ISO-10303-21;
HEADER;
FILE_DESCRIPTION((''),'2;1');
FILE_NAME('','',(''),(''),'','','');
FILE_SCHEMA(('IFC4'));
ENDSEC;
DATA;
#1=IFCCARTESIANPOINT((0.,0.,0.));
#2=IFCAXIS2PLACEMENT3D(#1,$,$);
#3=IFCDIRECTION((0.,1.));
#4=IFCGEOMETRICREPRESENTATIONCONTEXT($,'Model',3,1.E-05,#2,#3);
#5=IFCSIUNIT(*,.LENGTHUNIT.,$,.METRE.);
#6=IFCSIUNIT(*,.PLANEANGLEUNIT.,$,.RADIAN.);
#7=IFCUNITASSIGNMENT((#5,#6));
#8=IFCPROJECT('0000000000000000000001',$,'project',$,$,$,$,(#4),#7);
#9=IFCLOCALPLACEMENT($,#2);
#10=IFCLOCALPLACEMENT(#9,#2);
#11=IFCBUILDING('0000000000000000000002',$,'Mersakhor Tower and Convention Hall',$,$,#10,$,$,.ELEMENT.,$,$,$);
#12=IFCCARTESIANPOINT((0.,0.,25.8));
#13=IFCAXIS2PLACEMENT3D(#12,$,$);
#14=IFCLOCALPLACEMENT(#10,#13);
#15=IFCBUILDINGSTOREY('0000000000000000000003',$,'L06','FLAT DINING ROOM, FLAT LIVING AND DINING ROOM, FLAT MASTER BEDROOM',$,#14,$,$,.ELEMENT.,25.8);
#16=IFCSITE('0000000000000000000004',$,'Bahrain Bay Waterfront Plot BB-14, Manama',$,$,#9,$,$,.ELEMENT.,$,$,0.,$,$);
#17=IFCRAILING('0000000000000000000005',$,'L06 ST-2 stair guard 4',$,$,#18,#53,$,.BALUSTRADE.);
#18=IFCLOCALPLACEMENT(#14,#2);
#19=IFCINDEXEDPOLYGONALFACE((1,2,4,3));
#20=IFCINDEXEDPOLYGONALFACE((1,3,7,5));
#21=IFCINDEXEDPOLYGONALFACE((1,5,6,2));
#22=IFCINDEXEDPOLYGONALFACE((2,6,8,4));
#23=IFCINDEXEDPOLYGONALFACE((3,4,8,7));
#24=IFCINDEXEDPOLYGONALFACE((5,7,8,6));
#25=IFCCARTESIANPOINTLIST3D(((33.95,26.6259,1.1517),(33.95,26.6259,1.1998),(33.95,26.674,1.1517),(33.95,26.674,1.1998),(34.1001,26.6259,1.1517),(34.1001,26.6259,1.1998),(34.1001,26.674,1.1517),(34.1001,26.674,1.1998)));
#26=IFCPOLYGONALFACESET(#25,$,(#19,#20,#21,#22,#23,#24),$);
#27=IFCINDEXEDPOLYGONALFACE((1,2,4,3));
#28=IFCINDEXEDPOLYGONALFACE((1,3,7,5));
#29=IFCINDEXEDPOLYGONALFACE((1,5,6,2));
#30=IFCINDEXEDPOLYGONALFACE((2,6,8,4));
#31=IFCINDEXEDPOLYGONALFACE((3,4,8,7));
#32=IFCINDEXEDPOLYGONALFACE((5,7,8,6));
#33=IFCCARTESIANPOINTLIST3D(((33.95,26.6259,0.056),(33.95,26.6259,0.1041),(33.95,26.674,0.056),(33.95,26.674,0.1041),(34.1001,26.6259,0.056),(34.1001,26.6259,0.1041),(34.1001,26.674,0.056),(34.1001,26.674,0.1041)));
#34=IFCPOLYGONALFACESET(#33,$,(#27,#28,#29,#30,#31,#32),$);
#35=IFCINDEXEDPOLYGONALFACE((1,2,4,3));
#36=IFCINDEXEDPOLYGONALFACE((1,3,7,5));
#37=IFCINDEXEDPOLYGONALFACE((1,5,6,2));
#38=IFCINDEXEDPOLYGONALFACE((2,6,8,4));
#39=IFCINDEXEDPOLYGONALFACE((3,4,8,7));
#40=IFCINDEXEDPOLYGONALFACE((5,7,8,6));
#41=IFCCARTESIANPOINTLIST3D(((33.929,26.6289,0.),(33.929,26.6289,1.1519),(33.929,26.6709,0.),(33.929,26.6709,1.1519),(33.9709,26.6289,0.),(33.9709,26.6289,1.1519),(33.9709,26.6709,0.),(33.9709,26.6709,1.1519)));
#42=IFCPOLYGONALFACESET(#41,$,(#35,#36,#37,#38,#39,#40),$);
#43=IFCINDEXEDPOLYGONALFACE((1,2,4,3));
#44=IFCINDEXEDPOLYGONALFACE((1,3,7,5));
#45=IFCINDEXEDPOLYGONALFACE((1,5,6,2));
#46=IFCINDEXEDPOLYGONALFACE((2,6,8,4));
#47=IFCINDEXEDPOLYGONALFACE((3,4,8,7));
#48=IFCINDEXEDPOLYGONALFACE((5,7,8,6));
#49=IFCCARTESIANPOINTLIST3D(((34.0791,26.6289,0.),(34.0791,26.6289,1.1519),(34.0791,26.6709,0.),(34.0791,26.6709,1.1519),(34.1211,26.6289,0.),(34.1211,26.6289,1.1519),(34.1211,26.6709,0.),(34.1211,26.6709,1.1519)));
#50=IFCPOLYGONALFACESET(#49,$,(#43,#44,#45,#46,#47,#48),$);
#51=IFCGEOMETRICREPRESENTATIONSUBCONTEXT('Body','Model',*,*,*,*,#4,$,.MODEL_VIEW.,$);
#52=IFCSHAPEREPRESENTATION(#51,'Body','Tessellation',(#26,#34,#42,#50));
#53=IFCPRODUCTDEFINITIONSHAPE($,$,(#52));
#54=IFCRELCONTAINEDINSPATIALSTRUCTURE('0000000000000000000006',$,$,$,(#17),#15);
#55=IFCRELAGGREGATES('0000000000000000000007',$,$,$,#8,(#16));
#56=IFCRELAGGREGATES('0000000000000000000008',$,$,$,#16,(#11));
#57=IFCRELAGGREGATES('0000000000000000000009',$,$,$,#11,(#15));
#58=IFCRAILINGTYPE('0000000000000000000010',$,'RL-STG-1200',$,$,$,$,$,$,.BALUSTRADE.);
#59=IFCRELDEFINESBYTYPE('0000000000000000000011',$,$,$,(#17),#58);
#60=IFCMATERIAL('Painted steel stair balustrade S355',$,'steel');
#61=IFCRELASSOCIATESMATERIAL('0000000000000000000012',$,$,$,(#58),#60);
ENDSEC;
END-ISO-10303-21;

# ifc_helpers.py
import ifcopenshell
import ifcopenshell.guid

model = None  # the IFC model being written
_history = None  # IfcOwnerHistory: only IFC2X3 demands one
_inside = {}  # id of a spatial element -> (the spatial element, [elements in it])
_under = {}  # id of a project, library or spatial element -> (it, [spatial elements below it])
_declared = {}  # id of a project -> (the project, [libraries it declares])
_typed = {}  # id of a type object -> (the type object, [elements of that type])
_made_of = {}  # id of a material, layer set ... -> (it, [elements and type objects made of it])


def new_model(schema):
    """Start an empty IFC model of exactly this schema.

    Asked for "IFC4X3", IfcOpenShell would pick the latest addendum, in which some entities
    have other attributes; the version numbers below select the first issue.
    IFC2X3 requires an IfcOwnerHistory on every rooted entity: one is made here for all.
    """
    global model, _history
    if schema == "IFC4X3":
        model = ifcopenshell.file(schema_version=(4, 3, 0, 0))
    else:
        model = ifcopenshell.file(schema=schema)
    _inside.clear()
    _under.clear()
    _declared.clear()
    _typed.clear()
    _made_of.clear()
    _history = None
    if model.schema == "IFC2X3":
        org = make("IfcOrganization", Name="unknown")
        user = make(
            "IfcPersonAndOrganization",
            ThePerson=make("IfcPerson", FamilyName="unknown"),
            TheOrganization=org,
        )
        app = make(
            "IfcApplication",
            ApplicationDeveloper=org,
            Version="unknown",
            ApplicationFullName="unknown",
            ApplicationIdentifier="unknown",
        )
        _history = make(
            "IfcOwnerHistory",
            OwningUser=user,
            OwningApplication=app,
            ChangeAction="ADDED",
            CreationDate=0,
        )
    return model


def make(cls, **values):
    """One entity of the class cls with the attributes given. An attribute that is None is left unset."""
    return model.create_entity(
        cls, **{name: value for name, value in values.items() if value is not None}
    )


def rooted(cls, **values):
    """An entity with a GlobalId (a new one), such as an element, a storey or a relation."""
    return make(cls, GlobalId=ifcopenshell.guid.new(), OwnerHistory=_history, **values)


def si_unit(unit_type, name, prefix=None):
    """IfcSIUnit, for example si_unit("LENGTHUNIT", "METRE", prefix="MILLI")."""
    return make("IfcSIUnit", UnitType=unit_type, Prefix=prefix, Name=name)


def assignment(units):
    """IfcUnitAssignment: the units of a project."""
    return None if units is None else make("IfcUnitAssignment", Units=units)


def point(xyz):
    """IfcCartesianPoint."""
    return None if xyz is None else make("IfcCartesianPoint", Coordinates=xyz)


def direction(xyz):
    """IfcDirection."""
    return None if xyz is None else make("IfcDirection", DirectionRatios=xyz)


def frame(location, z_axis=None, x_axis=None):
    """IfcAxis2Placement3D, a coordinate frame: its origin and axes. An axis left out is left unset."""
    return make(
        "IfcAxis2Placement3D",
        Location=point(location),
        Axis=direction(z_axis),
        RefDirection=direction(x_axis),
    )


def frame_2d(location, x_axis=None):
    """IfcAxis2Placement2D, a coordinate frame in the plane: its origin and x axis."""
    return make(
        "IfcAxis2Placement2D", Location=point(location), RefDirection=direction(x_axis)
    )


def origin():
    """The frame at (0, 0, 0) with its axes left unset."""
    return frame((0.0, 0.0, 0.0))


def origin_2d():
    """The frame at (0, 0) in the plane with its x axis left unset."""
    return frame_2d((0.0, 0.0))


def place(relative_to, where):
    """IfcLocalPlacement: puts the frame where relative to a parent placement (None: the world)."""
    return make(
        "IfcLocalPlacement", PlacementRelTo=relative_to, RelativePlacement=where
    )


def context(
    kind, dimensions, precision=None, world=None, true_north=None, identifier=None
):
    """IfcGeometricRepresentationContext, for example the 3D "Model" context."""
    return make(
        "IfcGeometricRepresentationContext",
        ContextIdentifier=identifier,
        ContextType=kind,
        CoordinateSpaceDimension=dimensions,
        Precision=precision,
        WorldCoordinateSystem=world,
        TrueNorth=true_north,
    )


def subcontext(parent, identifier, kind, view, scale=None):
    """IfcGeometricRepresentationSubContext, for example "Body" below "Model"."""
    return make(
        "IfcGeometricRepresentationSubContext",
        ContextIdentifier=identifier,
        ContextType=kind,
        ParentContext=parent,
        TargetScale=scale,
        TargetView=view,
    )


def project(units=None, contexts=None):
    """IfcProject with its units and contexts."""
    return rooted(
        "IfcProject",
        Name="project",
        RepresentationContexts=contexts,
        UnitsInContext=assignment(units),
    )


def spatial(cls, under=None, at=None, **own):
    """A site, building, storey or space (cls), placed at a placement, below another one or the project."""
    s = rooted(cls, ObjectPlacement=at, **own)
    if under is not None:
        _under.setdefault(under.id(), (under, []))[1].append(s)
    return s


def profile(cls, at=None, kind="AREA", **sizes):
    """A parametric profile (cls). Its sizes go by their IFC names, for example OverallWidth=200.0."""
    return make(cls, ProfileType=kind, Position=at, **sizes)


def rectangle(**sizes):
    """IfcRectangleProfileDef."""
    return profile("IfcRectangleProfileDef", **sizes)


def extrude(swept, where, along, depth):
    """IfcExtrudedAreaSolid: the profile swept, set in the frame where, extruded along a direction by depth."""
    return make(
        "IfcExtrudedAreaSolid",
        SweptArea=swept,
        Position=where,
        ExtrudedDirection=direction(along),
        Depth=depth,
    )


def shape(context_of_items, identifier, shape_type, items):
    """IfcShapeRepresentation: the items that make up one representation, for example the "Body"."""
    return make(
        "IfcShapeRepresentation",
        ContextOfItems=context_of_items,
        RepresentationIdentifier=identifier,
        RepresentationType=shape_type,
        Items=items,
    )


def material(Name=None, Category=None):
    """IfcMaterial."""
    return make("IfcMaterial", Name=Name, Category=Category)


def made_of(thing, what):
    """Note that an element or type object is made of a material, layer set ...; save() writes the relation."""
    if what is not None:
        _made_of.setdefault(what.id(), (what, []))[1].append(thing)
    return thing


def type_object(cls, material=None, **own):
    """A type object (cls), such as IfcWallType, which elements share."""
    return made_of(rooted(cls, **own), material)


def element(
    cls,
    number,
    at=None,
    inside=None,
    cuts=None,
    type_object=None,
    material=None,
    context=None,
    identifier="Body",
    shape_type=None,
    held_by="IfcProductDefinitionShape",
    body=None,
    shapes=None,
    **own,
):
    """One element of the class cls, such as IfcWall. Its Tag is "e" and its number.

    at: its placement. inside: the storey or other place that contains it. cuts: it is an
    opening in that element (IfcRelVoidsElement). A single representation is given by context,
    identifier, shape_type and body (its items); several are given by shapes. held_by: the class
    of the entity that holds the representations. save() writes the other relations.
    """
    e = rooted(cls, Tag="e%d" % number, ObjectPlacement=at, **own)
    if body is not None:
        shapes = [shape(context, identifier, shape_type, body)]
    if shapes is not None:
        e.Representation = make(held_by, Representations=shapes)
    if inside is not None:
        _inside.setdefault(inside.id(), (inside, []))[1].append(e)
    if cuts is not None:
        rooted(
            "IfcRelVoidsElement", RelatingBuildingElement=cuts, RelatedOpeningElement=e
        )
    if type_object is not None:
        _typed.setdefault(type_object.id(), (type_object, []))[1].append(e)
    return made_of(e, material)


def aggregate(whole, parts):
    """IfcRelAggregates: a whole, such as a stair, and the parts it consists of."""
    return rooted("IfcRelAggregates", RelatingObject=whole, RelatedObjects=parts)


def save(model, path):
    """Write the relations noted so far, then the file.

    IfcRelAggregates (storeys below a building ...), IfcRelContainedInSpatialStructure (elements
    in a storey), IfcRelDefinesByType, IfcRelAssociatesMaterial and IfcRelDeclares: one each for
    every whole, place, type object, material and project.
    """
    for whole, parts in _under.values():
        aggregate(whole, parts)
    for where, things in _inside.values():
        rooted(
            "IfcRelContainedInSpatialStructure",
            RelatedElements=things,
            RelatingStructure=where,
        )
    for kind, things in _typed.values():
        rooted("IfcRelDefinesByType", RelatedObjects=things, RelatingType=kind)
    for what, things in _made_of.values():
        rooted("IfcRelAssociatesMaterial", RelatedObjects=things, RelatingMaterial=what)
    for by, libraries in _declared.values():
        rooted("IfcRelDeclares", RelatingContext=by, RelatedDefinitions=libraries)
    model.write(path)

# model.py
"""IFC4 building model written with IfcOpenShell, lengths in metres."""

from ifc_helpers import new_model, si_unit, direction, frame, origin, origin_2d, place, context, subcontext, project, spatial, rectangle, extrude, material, type_object, element, save


model = new_model("IFC4")

# Units and contexts
model_context = context("Model", 3, precision=1e-05, world=origin(), true_north=direction((0.0, 1.0)))
body_context = subcontext(model_context, "Body", "Model", "MODEL_VIEW")
ifc_project = project(units=[si_unit("LENGTHUNIT", "METRE"), si_unit("PLANEANGLEUNIT", "RADIAN")], contexts=[model_context])

# Site, building, storey
site_placement = place(None, origin())
site = spatial("IfcSite", under=ifc_project, at=site_placement, Name="Bahrain Bay Waterfront Plot BB-14, Manama", CompositionType="ELEMENT", RefElevation=0.0)
building_placement = place(site_placement, origin())
building = spatial("IfcBuilding", under=site, at=building_placement, Name="Mersakhor Tower and Convention Hall", CompositionType="ELEMENT")
storey_placement = place(building_placement, frame((0.0, 0.0, 25.8)))
storey = spatial("IfcBuildingStorey", under=building, at=storey_placement, Name="L06", Description="FLAT DINING ROOM, FLAT LIVING AND DINING ROOM, FLAT MASTER BEDROOM", CompositionType="ELEMENT", Elevation=25.8)

# Railing
ifc_material_1 = material(Name="Painted steel stair balustrade S355", Category="steel")
railing_type_1 = type_object("IfcRailingType", Name="RL-STG-1200", PredefinedType="BALUSTRADE", material=ifc_material_1)
railing_1_placement = place(storey_placement, frame((33.95, 26.6499, 0.0)))
element("IfcRailing", 1, at=railing_1_placement, inside=storey, type_object=railing_type_1, Name="L06 ST-2 stair guard 4", PredefinedType="BALUSTRADE", context=body_context, shape_type="SweptSolid", body=[
    extrude(rectangle(XDim=0.0481, YDim=0.0481, at=origin_2d()), frame((0.0, 0.0, 1.1758), z_axis=(1.0, 0.0, 0.0), x_axis=(0.0, 1.0, 0.0)), (0.0, 0.0, 1.0), 0.1501),
    extrude(rectangle(XDim=0.0481, YDim=0.0481, at=origin_2d()), frame((0.0, 0.0, 0.0801), z_axis=(1.0, 0.0, 0.0), x_axis=(0.0, 1.0, 0.0)), (0.0, 0.0, 1.0), 0.1501),
    extrude(rectangle(XDim=0.042, YDim=0.042, at=origin_2d()), origin(), (0.0, 0.0, 1.0), 1.1519),
    extrude(rectangle(XDim=0.042, YDim=0.042, at=origin_2d()), frame((0.1501, 0.0, 0.0)), (0.0, 0.0, 1.0), 1.1519),
])

save(model, "model.ifc")
